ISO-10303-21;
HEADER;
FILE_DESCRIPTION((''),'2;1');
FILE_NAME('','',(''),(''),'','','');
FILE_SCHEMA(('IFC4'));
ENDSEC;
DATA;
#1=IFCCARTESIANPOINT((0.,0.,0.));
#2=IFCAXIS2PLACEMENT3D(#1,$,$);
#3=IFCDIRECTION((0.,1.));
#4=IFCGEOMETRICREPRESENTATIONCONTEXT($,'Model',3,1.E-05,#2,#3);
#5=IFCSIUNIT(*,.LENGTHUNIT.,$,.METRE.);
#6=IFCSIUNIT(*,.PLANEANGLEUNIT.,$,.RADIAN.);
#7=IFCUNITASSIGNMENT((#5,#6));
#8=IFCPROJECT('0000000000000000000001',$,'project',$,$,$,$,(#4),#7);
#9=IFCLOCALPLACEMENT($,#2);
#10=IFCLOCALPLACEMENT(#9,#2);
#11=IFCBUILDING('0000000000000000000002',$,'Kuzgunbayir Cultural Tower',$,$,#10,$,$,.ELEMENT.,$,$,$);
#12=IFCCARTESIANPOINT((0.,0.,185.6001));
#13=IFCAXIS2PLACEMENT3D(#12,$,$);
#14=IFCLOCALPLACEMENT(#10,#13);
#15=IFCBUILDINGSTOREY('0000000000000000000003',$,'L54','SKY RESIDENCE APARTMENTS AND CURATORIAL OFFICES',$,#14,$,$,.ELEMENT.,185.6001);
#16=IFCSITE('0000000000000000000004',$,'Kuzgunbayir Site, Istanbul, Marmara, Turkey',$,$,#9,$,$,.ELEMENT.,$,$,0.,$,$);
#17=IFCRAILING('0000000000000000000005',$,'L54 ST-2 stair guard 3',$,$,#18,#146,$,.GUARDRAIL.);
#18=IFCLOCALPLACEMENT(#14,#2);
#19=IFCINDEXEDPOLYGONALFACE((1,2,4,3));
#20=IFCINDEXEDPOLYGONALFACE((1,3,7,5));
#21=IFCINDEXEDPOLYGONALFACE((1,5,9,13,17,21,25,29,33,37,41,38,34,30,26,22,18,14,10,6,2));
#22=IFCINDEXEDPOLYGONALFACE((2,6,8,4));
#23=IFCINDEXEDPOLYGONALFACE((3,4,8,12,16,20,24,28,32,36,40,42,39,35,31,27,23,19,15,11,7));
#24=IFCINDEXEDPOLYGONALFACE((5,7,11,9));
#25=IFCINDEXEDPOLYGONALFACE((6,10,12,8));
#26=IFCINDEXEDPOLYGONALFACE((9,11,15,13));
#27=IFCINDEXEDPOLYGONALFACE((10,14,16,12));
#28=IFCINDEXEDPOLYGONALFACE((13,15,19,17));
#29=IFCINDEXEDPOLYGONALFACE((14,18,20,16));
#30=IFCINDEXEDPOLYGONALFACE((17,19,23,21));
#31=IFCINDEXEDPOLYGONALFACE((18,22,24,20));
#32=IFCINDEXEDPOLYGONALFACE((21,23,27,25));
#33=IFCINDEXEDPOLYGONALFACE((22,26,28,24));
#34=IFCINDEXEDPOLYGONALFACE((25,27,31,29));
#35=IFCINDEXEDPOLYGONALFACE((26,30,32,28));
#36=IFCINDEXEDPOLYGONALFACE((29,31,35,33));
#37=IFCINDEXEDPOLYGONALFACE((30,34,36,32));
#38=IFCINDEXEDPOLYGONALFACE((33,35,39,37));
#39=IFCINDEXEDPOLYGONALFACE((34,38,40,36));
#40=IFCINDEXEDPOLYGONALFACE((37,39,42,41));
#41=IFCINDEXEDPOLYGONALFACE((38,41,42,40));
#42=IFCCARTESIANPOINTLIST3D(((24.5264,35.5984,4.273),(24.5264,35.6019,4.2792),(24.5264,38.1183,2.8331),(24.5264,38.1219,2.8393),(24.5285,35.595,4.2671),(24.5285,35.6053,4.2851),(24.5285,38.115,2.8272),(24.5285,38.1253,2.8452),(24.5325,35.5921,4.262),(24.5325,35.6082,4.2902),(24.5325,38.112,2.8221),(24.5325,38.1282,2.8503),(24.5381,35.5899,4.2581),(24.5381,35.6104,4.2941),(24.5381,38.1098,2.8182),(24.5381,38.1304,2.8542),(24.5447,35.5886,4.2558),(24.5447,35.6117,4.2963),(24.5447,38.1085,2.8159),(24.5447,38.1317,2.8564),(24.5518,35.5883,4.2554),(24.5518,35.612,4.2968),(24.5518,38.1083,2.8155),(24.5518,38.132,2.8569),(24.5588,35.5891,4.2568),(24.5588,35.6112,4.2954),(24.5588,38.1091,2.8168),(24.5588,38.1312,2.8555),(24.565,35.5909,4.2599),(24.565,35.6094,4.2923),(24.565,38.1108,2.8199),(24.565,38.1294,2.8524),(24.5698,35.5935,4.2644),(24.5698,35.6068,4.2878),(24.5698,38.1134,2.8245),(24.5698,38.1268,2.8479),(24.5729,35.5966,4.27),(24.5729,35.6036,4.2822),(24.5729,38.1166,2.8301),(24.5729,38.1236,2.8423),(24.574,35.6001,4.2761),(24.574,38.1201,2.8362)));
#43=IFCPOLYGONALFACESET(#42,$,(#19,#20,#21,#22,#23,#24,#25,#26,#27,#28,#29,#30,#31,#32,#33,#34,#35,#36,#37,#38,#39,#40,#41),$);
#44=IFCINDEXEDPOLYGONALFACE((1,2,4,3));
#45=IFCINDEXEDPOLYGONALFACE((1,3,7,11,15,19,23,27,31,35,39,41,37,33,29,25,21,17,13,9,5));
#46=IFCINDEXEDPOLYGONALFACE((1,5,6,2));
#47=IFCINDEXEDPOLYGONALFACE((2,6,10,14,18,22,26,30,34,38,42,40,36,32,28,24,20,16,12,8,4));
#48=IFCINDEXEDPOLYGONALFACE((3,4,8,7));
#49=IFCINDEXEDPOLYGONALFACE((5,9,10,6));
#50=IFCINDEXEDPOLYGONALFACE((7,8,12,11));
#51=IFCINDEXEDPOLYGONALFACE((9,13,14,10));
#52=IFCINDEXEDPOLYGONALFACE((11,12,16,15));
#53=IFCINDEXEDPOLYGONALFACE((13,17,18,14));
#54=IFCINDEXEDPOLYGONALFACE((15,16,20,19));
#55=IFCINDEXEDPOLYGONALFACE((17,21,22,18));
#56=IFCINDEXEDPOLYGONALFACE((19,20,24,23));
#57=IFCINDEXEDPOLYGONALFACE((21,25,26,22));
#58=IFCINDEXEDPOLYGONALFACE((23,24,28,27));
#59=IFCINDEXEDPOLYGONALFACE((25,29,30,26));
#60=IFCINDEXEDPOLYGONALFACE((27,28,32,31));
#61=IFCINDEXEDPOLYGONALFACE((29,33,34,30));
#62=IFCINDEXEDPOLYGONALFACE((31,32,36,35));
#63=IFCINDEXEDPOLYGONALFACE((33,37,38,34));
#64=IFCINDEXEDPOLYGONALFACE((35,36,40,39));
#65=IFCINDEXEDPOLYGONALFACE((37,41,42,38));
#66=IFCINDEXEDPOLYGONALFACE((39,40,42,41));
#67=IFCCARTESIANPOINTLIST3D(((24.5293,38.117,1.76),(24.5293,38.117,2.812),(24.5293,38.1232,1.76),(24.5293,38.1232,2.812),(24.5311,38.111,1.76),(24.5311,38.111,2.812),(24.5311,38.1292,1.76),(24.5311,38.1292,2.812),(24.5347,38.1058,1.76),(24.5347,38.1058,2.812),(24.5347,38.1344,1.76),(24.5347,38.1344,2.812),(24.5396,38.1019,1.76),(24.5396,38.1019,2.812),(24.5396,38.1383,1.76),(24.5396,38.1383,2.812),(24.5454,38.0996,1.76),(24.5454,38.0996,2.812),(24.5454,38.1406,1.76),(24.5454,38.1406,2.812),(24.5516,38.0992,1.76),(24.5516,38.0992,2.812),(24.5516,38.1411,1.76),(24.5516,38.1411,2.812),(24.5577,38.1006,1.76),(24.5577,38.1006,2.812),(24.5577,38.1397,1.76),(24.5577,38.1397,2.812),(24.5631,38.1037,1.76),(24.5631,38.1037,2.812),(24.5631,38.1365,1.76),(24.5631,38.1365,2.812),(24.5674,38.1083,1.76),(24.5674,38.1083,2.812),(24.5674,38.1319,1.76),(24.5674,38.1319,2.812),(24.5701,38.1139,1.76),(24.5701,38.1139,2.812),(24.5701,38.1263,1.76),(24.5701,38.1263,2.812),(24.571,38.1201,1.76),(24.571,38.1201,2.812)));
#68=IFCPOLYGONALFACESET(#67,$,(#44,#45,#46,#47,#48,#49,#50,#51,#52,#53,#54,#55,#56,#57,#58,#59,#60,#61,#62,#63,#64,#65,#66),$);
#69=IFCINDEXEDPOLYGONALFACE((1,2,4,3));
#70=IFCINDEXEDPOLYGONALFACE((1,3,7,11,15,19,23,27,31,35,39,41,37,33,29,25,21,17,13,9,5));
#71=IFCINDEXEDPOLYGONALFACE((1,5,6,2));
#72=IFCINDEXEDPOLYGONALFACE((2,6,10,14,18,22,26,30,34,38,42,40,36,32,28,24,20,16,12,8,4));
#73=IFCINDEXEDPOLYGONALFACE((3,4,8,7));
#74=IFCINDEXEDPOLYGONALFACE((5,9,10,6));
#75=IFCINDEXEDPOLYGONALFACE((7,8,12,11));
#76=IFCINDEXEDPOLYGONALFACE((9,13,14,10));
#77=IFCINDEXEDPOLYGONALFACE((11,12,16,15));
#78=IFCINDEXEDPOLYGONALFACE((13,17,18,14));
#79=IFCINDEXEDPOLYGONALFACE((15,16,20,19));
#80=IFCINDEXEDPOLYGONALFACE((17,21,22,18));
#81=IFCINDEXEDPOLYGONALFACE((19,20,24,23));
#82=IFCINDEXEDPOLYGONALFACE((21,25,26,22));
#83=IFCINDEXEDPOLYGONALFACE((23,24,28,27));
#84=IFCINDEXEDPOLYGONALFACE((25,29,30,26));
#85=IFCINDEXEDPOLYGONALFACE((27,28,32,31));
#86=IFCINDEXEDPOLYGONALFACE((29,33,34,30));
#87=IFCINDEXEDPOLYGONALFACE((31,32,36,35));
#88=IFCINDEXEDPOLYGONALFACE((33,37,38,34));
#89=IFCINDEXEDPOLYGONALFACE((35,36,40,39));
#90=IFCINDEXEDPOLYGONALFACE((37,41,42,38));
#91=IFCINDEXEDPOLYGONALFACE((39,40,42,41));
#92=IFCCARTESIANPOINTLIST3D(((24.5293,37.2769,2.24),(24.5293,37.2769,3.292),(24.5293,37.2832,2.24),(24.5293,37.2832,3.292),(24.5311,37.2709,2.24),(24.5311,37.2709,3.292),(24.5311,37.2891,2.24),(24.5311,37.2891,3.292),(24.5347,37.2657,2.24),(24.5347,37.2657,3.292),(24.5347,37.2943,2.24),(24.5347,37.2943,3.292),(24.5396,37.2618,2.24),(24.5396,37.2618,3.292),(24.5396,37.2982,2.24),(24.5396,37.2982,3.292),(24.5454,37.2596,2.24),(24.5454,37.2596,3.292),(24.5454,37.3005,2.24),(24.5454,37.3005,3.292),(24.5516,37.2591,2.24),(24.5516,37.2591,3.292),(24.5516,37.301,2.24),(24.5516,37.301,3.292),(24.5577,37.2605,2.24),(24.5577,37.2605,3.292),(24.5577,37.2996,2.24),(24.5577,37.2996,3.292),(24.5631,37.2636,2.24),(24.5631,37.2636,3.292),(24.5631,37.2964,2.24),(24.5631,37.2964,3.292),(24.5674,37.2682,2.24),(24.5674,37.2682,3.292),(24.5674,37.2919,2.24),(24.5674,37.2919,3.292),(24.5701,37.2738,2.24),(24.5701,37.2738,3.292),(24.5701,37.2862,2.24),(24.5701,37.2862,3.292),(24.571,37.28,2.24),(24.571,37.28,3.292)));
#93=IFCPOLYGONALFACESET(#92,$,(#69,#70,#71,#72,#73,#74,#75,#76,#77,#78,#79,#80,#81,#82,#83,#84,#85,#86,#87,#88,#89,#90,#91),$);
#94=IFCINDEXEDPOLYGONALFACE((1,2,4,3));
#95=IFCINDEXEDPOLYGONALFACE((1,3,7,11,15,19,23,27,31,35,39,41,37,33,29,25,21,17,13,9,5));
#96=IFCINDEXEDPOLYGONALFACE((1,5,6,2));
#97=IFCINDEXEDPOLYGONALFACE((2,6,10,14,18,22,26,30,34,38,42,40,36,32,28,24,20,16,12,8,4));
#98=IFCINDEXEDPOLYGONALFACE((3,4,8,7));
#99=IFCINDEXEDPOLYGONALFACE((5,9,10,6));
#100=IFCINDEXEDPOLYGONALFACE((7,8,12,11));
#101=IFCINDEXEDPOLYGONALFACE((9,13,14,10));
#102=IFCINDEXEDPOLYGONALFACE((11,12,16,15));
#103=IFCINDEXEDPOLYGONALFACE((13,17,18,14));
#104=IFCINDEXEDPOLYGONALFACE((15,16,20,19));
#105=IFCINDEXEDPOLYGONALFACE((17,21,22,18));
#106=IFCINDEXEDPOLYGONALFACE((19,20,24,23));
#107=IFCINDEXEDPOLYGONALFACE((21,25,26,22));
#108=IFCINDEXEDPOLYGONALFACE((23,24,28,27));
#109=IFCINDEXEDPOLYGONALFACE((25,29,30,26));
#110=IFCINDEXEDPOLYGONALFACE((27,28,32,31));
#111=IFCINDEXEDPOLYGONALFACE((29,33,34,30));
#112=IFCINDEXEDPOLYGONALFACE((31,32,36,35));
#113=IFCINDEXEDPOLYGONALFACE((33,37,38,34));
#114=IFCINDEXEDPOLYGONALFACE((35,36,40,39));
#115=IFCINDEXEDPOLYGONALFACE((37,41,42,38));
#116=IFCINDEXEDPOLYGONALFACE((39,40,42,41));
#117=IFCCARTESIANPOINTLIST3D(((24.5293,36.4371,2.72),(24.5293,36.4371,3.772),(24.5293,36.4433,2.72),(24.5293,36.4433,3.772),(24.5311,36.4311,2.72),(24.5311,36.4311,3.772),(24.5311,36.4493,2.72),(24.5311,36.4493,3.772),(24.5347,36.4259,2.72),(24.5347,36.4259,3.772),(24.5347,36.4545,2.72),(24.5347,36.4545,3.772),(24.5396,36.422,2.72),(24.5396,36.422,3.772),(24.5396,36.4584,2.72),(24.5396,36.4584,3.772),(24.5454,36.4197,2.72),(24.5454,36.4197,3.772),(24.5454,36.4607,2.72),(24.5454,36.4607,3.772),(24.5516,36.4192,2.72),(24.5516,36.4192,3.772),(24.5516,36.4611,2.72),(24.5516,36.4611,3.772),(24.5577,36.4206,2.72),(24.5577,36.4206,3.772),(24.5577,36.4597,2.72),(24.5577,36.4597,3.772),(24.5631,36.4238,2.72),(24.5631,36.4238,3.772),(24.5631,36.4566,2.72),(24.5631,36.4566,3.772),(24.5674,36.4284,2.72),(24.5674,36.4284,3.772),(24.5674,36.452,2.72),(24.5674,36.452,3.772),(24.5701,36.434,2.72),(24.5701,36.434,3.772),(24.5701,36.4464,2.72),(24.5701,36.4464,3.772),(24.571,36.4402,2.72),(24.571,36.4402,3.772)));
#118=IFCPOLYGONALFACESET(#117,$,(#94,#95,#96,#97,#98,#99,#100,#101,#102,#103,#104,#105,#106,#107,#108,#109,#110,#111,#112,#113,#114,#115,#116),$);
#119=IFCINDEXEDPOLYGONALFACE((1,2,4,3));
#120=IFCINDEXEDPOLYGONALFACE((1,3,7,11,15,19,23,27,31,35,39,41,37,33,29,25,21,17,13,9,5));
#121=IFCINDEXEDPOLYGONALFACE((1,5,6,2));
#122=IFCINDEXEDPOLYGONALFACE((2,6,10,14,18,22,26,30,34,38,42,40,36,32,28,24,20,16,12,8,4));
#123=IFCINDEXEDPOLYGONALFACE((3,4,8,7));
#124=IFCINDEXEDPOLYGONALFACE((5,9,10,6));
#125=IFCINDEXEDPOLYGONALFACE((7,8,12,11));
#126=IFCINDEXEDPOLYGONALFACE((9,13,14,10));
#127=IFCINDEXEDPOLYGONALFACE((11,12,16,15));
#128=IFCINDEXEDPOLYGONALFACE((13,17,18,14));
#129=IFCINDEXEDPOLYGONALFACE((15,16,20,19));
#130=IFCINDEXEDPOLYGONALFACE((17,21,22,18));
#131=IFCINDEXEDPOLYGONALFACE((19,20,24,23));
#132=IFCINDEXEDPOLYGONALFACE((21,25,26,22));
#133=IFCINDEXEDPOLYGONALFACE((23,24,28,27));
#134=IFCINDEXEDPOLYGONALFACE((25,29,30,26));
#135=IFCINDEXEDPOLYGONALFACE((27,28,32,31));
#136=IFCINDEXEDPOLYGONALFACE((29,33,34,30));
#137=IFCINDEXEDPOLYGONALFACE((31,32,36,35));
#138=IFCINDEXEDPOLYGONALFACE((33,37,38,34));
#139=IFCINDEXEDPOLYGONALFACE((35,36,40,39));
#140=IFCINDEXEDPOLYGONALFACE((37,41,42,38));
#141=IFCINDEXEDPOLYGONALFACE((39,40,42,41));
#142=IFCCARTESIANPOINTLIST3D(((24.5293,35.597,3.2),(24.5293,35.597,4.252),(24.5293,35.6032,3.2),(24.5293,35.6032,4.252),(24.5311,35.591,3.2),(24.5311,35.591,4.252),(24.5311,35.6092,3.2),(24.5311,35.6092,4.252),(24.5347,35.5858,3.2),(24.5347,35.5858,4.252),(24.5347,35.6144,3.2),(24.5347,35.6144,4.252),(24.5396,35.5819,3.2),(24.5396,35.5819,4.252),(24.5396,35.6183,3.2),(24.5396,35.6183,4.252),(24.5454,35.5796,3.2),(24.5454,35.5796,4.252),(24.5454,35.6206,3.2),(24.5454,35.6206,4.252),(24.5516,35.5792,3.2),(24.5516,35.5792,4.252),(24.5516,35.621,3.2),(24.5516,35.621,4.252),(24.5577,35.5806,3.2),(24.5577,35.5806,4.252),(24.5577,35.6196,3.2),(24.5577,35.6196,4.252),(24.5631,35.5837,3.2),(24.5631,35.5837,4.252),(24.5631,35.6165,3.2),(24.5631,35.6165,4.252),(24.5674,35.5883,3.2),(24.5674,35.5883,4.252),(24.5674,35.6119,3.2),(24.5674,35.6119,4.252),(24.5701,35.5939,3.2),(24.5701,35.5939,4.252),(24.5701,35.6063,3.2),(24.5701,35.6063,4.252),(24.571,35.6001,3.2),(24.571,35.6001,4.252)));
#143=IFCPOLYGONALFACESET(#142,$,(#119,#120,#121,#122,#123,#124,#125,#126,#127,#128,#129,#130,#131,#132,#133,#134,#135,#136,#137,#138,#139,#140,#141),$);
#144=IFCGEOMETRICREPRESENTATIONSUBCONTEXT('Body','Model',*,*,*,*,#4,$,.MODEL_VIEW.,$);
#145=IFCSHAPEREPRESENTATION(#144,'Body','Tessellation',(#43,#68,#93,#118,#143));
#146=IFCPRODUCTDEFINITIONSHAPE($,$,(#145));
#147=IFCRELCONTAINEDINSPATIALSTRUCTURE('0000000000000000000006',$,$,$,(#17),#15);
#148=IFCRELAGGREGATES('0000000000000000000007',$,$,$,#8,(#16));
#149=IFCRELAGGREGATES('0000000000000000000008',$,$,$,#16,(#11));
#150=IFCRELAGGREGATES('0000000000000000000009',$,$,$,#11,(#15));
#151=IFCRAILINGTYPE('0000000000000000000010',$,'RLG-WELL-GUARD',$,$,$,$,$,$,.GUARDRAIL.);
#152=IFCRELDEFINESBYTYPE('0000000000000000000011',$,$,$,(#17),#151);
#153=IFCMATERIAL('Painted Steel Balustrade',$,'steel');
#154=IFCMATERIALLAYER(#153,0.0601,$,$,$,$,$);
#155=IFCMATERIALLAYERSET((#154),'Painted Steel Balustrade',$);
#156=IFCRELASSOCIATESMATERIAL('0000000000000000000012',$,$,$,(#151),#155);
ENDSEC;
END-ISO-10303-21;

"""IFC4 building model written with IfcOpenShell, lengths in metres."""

from ifc_helpers import new_model, si_unit, direction, frame, origin, origin_2d, place, context, subcontext, project, spatial, circle, extrude, material, layer, layer_set, type_object, element, save


model = new_model("IFC4")

# Units and contexts
model_context = context("Model", 3, precision=1e-05, world=origin(), true_north=direction((0.0, 1.0)))
body_context = subcontext(model_context, "Body", "Model", "MODEL_VIEW")
ifc_project = project(units=[si_unit("LENGTHUNIT", "METRE"), si_unit("PLANEANGLEUNIT", "RADIAN")], contexts=[model_context])

# Site, building, storey
site_placement = place(None, origin())
site = spatial("IfcSite", under=ifc_project, at=site_placement, Name="Kuzgunbayir Site, Istanbul, Marmara, Turkey", CompositionType="ELEMENT", RefElevation=0.0)
building_placement = place(site_placement, origin())
building = spatial("IfcBuilding", under=site, at=building_placement, Name="Kuzgunbayir Cultural Tower", CompositionType="ELEMENT")
storey_placement = place(building_placement, frame((0.0, 0.0, 185.6001)))
storey = spatial("IfcBuildingStorey", under=building, at=storey_placement, Name="L54", Description="SKY RESIDENCE APARTMENTS AND CURATORIAL OFFICES", CompositionType="ELEMENT", Elevation=185.6001)

# Railing
ifc_material_1 = material(Name="Painted Steel Balustrade", Category="steel")
ifc_layer_1 = layer(ifc_material_1, 0.0601)
ifc_layer_set_1 = layer_set([ifc_layer_1], Name="Painted Steel Balustrade")
railing_type_1 = type_object("IfcRailingType", Name="RLG-WELL-GUARD", PredefinedType="GUARDRAIL", material=ifc_layer_set_1)
railing_1_placement = place(storey_placement, frame((24.55, 38.1201, 1.76)))
element("IfcRailing", 1, at=railing_1_placement, inside=storey, type_object=railing_type_1, Name="L54 ST-2 stair guard 3", PredefinedType="GUARDRAIL", context=body_context, shape_type="SweptSolid", body=[
    extrude(circle(Radius=0.0239, at=origin_2d()), frame((0.0, 0.0, 1.0762), z_axis=(0.0, -0.868253, 0.496121), x_axis=(1.0, 0.0, 0.0)), (0.0, 0.0, 1.0), 2.9023),
    extrude(circle(Radius=0.021, at=origin_2d()), origin(), (0.0, 0.0, 1.0), 1.052),
    extrude(circle(Radius=0.021, at=origin_2d()), frame((0.0, -0.8401, 0.48)), (0.0, 0.0, 1.0), 1.052),
    extrude(circle(Radius=0.021, at=origin_2d()), frame((0.0, -1.6799, 0.96)), (0.0, 0.0, 1.0), 1.052),
    extrude(circle(Radius=0.021, at=origin_2d()), frame((0.0, -2.52, 1.4399)), (0.0, 0.0, 1.0), 1.052),
])

save(model, "model.ifc")
